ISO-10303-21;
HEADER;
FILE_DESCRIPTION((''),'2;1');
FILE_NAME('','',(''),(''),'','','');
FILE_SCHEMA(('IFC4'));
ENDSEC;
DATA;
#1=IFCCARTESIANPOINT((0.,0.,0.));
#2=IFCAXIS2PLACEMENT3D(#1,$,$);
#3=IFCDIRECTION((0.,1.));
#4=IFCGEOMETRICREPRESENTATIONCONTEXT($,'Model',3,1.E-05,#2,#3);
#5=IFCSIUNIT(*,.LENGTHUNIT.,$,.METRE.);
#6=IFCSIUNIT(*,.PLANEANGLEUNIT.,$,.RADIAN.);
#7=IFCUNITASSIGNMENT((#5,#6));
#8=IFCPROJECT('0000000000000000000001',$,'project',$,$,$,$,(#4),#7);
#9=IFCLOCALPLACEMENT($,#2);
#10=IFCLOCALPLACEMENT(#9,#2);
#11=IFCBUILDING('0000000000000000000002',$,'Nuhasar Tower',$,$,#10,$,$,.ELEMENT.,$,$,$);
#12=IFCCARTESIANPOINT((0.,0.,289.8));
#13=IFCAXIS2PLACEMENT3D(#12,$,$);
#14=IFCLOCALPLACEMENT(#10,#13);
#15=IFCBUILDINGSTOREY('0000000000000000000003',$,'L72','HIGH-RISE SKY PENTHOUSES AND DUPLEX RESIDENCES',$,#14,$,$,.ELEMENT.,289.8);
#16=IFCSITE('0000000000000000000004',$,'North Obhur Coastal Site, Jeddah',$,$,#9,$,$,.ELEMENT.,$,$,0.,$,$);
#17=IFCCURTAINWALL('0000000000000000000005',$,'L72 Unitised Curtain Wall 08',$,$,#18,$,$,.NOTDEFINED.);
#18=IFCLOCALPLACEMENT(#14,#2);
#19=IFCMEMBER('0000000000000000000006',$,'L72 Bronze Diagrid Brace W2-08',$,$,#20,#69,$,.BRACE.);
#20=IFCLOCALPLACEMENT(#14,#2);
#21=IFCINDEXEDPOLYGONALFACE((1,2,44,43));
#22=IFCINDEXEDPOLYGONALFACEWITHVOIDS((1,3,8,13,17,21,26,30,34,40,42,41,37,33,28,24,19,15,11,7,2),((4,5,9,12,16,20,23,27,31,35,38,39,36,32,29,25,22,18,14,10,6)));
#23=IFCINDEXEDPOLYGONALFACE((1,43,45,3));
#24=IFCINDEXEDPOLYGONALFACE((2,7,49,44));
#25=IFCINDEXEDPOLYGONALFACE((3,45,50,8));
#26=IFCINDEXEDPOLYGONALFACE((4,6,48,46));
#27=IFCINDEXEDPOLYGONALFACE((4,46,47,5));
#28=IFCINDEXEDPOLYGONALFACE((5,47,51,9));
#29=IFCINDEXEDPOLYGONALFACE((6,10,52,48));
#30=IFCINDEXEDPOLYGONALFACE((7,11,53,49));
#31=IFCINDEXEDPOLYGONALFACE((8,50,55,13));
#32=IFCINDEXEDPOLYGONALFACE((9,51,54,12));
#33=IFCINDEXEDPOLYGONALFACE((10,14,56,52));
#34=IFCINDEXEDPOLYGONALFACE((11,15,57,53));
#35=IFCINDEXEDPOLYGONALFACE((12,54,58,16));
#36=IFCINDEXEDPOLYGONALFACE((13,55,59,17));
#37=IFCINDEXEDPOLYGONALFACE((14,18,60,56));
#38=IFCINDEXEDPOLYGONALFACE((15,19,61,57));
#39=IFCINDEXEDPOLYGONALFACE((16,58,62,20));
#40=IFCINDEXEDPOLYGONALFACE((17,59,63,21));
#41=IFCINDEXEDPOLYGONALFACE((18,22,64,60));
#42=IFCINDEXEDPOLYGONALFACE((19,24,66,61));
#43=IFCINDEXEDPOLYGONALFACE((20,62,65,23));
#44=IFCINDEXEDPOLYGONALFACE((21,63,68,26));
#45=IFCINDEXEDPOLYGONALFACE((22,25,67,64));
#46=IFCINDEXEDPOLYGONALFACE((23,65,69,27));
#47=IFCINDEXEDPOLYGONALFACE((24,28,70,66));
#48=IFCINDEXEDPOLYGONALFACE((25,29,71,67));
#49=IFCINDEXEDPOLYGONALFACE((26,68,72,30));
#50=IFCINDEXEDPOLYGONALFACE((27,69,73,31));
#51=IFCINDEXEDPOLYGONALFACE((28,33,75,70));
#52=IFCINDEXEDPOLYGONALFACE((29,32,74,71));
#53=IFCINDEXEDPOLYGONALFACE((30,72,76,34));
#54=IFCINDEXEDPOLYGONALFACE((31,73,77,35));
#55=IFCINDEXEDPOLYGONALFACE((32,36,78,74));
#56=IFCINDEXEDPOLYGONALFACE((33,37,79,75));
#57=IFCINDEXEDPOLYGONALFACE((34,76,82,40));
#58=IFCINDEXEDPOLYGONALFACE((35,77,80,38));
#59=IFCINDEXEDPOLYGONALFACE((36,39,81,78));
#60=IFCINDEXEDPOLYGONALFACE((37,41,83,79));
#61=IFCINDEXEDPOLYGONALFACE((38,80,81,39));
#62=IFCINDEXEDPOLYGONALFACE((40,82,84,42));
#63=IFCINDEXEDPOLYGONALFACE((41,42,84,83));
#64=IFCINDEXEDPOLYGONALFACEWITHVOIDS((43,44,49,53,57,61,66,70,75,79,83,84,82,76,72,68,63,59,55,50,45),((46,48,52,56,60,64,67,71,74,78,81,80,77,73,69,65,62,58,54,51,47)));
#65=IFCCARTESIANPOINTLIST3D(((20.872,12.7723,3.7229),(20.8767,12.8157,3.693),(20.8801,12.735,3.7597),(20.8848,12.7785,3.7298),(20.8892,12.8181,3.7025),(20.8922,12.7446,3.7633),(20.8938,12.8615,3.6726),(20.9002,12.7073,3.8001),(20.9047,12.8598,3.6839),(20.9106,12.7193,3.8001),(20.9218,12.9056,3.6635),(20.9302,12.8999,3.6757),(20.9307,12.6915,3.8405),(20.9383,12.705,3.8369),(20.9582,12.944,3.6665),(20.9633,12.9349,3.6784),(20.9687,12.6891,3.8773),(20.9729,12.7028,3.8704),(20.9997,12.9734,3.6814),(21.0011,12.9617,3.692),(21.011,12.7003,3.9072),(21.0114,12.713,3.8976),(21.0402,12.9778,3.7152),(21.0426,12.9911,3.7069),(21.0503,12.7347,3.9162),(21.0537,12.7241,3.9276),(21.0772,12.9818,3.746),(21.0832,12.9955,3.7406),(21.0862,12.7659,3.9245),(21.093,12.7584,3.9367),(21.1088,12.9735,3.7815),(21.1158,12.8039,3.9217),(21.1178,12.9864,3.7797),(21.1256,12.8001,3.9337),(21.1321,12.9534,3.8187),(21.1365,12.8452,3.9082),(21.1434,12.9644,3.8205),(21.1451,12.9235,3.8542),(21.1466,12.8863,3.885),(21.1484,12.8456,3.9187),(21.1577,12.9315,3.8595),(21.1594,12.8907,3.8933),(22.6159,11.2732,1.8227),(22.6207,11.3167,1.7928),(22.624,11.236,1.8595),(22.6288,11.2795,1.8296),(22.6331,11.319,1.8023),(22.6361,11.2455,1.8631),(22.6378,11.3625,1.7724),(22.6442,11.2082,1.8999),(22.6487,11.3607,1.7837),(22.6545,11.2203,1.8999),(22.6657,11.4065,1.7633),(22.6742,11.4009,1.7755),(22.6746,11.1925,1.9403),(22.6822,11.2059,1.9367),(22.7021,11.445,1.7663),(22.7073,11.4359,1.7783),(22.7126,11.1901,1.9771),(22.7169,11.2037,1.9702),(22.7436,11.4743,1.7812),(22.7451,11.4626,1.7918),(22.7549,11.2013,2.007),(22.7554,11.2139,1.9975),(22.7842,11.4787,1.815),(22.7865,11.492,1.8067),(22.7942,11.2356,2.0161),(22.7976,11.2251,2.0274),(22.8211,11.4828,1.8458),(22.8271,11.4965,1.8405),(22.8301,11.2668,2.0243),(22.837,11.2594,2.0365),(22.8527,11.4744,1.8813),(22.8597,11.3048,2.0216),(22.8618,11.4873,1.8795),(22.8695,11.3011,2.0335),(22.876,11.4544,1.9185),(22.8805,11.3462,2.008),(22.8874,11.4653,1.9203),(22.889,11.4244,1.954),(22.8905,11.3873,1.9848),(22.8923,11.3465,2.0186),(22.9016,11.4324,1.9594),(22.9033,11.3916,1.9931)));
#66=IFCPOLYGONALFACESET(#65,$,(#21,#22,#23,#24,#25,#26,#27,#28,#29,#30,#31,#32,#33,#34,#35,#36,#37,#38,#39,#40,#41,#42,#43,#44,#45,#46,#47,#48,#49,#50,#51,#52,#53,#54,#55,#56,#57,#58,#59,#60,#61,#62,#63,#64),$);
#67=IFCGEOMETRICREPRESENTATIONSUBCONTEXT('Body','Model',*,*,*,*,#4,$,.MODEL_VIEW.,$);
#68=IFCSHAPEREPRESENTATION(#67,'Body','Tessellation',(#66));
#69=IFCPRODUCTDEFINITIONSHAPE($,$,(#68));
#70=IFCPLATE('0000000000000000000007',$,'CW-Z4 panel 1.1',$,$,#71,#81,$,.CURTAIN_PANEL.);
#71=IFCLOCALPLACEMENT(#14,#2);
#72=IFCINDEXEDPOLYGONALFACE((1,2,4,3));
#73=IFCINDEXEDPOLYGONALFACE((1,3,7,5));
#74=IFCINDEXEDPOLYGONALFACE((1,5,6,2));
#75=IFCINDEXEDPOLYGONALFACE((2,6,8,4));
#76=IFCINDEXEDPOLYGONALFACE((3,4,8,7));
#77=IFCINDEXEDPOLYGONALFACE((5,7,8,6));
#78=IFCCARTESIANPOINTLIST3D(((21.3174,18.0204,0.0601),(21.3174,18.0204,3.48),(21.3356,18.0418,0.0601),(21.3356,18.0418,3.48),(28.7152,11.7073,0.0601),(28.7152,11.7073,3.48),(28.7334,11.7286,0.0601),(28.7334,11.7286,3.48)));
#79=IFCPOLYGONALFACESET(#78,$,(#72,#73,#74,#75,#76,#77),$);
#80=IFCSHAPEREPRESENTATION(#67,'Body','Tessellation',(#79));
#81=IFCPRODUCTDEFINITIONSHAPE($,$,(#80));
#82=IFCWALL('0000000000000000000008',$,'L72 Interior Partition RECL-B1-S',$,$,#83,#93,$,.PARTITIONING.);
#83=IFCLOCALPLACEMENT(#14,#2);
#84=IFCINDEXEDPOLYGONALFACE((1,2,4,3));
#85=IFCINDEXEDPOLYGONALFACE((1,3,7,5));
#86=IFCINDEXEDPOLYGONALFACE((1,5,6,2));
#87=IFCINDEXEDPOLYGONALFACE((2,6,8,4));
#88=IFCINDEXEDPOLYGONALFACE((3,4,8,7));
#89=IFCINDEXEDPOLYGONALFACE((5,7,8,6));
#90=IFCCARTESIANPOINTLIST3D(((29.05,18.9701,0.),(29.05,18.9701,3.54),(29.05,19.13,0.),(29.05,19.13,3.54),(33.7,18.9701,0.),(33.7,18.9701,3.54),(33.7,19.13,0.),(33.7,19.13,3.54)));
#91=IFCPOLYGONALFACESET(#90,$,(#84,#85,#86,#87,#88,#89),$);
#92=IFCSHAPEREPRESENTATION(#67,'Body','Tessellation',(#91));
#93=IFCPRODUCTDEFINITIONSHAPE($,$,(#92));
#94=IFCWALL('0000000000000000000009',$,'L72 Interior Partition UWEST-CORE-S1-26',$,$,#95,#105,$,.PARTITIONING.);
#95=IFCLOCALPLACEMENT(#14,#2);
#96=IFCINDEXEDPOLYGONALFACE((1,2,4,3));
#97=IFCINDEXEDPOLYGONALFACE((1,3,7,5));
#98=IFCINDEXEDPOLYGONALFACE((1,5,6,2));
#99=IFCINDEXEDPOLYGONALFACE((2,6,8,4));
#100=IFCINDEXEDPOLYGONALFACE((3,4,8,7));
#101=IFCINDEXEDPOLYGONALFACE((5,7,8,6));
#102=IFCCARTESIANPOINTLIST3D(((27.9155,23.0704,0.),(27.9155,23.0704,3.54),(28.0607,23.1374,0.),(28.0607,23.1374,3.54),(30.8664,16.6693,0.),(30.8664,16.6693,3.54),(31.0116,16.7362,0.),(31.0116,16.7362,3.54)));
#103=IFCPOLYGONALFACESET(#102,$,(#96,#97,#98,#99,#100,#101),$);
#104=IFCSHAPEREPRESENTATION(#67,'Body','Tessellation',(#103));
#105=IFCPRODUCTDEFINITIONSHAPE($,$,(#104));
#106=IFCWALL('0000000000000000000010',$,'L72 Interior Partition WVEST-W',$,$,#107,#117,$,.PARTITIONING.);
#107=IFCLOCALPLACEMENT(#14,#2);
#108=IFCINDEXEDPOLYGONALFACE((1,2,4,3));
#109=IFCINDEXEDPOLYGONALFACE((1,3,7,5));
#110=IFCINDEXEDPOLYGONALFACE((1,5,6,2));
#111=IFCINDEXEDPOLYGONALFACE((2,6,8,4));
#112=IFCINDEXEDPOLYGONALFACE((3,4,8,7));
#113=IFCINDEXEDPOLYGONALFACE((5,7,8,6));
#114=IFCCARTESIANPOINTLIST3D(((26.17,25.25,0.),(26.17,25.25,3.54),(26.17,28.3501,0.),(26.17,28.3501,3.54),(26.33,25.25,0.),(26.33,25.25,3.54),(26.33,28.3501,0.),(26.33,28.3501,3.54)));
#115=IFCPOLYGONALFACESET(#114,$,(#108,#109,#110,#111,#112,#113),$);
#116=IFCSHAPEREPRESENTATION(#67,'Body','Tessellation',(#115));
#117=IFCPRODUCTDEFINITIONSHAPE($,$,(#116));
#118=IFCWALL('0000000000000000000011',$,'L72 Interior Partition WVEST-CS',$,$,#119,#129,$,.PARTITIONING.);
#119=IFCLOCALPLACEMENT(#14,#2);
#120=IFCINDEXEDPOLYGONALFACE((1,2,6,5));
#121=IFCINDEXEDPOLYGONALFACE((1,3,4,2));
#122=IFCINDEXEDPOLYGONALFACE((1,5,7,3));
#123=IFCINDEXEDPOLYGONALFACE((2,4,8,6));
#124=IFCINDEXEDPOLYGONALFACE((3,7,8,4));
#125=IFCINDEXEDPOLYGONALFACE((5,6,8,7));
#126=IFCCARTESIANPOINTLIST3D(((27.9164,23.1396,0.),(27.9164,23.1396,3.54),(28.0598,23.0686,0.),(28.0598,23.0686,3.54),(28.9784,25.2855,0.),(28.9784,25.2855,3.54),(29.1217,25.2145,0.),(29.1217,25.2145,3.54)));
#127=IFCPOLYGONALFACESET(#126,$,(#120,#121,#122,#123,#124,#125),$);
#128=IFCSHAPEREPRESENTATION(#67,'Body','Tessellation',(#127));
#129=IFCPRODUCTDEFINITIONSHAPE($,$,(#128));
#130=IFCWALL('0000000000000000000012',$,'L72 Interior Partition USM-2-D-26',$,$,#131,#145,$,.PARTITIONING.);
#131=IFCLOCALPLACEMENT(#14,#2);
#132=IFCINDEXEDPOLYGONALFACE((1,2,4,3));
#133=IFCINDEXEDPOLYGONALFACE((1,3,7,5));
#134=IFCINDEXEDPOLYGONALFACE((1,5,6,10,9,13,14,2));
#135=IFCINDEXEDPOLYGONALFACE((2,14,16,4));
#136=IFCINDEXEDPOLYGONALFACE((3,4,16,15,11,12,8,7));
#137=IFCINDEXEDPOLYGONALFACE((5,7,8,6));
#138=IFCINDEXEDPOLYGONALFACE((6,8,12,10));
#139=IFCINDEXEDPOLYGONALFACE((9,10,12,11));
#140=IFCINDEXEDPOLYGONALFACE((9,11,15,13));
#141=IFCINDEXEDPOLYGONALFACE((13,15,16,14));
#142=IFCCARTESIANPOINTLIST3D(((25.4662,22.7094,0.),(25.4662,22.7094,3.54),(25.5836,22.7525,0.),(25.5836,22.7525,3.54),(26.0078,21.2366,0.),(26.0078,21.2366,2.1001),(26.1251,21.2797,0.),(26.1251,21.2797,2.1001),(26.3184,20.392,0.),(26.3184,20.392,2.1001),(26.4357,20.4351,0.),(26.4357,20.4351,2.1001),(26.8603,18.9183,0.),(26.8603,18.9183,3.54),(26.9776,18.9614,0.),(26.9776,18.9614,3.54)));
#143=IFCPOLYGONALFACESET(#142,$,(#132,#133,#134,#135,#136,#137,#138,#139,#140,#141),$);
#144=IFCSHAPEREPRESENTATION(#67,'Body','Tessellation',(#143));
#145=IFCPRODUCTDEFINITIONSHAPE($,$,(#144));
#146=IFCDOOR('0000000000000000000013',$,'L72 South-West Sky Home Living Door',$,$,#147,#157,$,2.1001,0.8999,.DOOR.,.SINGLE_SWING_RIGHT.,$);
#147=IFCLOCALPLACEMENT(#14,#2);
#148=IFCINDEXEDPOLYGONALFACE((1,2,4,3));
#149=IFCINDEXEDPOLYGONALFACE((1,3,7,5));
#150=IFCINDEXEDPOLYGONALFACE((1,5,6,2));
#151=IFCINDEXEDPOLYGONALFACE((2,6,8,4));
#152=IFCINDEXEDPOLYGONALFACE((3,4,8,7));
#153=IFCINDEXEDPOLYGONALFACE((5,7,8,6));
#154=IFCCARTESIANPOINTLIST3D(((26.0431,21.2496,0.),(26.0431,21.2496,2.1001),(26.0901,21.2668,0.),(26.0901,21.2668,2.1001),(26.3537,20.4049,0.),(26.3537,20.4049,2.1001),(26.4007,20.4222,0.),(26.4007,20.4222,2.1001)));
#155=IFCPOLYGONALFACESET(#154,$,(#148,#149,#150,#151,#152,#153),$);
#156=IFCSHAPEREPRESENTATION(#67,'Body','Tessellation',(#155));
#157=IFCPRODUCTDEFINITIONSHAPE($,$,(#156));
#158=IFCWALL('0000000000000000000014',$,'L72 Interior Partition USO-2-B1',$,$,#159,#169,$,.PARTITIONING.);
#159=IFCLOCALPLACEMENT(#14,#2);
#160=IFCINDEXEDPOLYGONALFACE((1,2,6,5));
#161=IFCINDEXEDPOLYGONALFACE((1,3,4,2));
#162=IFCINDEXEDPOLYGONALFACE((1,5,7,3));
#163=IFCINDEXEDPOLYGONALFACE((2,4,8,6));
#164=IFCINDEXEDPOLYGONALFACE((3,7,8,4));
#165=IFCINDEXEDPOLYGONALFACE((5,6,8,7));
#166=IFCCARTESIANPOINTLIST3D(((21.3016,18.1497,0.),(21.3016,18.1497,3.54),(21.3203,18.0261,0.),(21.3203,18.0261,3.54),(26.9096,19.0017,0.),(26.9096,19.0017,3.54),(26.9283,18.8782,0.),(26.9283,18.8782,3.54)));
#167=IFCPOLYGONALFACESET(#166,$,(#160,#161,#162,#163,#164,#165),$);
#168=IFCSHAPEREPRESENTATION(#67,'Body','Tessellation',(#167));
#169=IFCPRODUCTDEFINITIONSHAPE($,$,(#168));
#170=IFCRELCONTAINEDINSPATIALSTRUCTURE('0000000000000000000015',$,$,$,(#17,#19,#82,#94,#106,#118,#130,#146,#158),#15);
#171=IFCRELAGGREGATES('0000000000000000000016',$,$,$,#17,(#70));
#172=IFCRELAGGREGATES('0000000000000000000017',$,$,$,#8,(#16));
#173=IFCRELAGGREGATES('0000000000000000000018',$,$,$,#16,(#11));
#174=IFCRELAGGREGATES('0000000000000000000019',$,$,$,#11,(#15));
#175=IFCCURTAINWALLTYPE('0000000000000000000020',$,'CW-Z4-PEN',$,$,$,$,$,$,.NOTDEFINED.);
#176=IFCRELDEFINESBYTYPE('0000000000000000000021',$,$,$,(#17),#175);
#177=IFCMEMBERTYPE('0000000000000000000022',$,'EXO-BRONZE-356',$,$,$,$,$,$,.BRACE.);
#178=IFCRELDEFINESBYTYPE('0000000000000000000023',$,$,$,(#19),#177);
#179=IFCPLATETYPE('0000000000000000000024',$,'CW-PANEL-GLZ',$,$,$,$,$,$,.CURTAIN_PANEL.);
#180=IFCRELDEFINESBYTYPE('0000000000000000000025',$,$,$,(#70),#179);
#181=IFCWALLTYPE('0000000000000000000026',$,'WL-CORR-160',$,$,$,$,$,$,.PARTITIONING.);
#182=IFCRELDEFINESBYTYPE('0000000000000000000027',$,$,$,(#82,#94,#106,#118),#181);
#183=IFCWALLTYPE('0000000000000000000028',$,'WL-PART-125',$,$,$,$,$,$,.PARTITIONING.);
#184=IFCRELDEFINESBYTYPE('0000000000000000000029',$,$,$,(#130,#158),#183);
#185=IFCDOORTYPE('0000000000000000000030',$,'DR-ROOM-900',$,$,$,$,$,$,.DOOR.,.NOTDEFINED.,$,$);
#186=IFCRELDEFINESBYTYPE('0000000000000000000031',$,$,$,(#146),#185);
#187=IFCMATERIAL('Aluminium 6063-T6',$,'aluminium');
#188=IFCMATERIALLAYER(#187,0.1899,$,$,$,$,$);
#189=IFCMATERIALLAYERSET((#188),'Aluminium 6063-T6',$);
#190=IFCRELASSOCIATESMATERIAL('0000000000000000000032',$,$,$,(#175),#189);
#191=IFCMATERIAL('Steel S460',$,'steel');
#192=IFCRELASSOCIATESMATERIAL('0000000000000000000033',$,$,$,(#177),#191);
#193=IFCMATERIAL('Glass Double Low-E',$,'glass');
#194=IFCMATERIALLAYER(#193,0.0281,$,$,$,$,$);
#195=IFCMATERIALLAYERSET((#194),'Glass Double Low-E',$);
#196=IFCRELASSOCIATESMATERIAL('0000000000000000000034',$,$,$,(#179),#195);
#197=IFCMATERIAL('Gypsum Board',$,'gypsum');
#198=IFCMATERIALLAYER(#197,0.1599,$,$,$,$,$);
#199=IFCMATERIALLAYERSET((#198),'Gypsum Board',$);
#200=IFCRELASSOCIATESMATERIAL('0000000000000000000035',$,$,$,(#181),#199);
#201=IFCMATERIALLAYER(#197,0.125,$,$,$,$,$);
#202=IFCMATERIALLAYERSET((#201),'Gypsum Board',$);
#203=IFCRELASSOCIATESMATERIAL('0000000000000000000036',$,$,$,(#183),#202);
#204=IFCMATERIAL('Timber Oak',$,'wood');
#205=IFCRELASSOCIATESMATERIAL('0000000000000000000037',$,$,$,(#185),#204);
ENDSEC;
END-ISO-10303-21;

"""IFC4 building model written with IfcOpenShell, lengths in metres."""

from ifc_helpers import new_model, si_unit, direction, frame, frame_2d, origin, origin_2d, place, context, subcontext, project, spatial, rectangle, hollow_circle, extrude, material, layer, layer_set, material_profile, profile_set, type_object, element, fill, aggregate, save


model = new_model("IFC4")

# Units and contexts
model_context = context("Model", 3, precision=1e-05, world=origin(), true_north=direction((0.0, 1.0)))
body_context = subcontext(model_context, "Body", "Model", "MODEL_VIEW")
ifc_project = project(units=[si_unit("LENGTHUNIT", "METRE"), si_unit("PLANEANGLEUNIT", "RADIAN")], contexts=[model_context])

# Site, building, storey
site_placement = place(None, origin())
site = spatial("IfcSite", under=ifc_project, at=site_placement, Name="North Obhur Coastal Site, Jeddah", CompositionType="ELEMENT", RefElevation=0.0)
building_placement = place(site_placement, origin())
building = spatial("IfcBuilding", under=site, at=building_placement, Name="Nuhasar Tower", CompositionType="ELEMENT")
storey_placement = place(building_placement, frame((0.0, 0.0, 289.8)))
storey = spatial("IfcBuildingStorey", under=building, at=storey_placement, Name="L72", Description="HIGH-RISE SKY PENTHOUSES AND DUPLEX RESIDENCES", CompositionType="ELEMENT", Elevation=289.8)

# Curtain wall
ifc_material_1 = material(Name="Aluminium 6063-T6", Category="aluminium")
ifc_layer_1 = layer(ifc_material_1, 0.1899)
ifc_layer_set_1 = layer_set([ifc_layer_1], Name="Aluminium 6063-T6")
curtain_wall_type = type_object("IfcCurtainWallType", Name="CW-Z4-PEN", PredefinedType="NOTDEFINED", material=ifc_layer_set_1)
curtain_wall_1_placement = place(storey_placement, origin())
curtain_wall_1 = element("IfcCurtainWall", 1, at=curtain_wall_1_placement, inside=storey, type_object=curtain_wall_type, Name="L72 Unitised Curtain Wall 08", PredefinedType="NOTDEFINED")

# Member
ifc_material_2 = material(Name="Steel S460", Category="steel")
ifc_material_profile_1 = material_profile(ifc_material_2, hollow_circle(Radius=0.1777, WallThickness=0.0159, at=origin_2d()), Name="HSS355.6X15.9")
ifc_profile_set_1 = profile_set([ifc_material_profile_1], Name="Steel S460")
member_type_1 = type_object("IfcMemberType", Name="EXO-BRONZE-356", PredefinedType="BRACE", material=ifc_profile_set_1)
member_1_placement = place(storey_placement, frame((22.76, 11.343, 1.8999), z_axis=(-0.584595, 0.502508, 0.636973), x_axis=(-0.651857, -0.758342, 0.0)))
element("IfcMember", 2, at=member_1_placement, inside=storey, type_object=member_type_1, Name="L72 Bronze Diagrid Brace W2-08", PredefinedType="BRACE", context=body_context, shape_type="SweptSolid", body=[
    extrude(hollow_circle(Radius=0.1777, WallThickness=0.0159, at=origin_2d()), origin(), (0.0, 0.0, 1.0), 2.9832),
])

# Plate
ifc_material_3 = material(Name="Glass Double Low-E", Category="glass")
ifc_layer_2 = layer(ifc_material_3, 0.0281)
ifc_layer_set_2 = layer_set([ifc_layer_2], Name="Glass Double Low-E")
plate_type = type_object("IfcPlateType", Name="CW-PANEL-GLZ", PredefinedType="CURTAIN_PANEL", material=ifc_layer_set_2)
plate_placement = place(storey_placement, frame((25.0254, 14.8745, 0.0601), z_axis=(0.0, 0.0, 1.0), x_axis=(0.760667, -0.649142, 0.0)))
plate = element("IfcPlate", 3, at=plate_placement, type_object=plate_type, Name="CW-Z4 panel 1.1", PredefinedType="CURTAIN_PANEL", context=body_context, shape_type="SweptSolid", body=[
    extrude(rectangle(XDim=9.7253, YDim=0.0281, at=origin_2d()), origin(), (0.0, 0.0, 1.0), 3.4199),
])
aggregate(curtain_wall_1, [plate])

# Walls
ifc_material_4 = material(Name="Gypsum Board", Category="gypsum")
ifc_layer_3 = layer(ifc_material_4, 0.1599)
ifc_layer_set_3 = layer_set([ifc_layer_3], Name="Gypsum Board")
wall_type_1 = type_object("IfcWallType", Name="WL-CORR-160", PredefinedType="PARTITIONING", material=ifc_layer_set_3)
wall_1_placement = place(storey_placement, frame((29.05, 19.05, 0.0), z_axis=(0.0, 0.0, 1.0), x_axis=(1.0, 0.0, 0.0)))
element("IfcWall", 4, at=wall_1_placement, inside=storey, type_object=wall_type_1, Name="L72 Interior Partition RECL-B1-S", PredefinedType="PARTITIONING", context=body_context, shape_type="SweptSolid", body=[
    extrude(rectangle(XDim=4.6499, YDim=0.1599, at=frame_2d((2.325, 0.0))), origin(), (0.0, 0.0, 1.0), 3.54),
])
wall_2_placement = place(storey_placement, frame((27.988, 23.104, 0.0), z_axis=(0.0, 0.0, 1.0), x_axis=(0.418656, -0.908145, 0.0)))
element("IfcWall", 5, at=wall_2_placement, inside=storey, type_object=wall_type_1, Name="L72 Interior Partition UWEST-CORE-S1-26", PredefinedType="PARTITIONING", context=body_context, shape_type="SweptSolid", body=[
    extrude(rectangle(XDim=7.0486, YDim=0.1599, at=frame_2d((3.5244, 0.0))), origin(), (0.0, 0.0, 1.0), 3.54),
])

# Shared definitions
ifc_material_5 = material(Name="Timber Oak", Category="wood")

# Walls
wall_3_placement = place(storey_placement, frame((26.25, 25.25, 0.0), z_axis=(0.0, 0.0, 1.0), x_axis=(0.0, 1.0, 0.0)))
element("IfcWall", 6, at=wall_3_placement, inside=storey, type_object=wall_type_1, Name="L72 Interior Partition WVEST-W", PredefinedType="PARTITIONING", context=body_context, shape_type="SweptSolid", body=[
    extrude(rectangle(XDim=3.1001, YDim=0.1599, at=frame_2d((1.55, 0.0))), origin(), (0.0, 0.0, 1.0), 3.54),
])
wall_4_placement = place(storey_placement, frame((27.988, 23.104, 0.0), z_axis=(0.0, 0.0, 1.0), x_axis=(0.443539, 0.896255, 0.0)))
element("IfcWall", 7, at=wall_4_placement, inside=storey, type_object=wall_type_1, Name="L72 Interior Partition WVEST-CS", PredefinedType="PARTITIONING", context=body_context, shape_type="SweptSolid", body=[
    extrude(rectangle(XDim=2.3943, YDim=0.1599, at=frame_2d((1.1973, 0.0))), origin(), (0.0, 0.0, 1.0), 3.54),
])

# Wall, opening, door
ifc_layer_4 = layer(ifc_material_4, 0.125)
ifc_layer_set_4 = layer_set([ifc_layer_4], Name="Gypsum Board")
wall_type_2 = type_object("IfcWallType", Name="WL-PART-125", PredefinedType="PARTITIONING", material=ifc_layer_set_4)
wall_5_placement = place(storey_placement, frame((26.9189, 18.9399, 0.0), z_axis=(0.0, 0.0, 1.0), x_axis=(-0.345128, 0.938556, 0.0)))
wall_5 = element("IfcWall", 8, at=wall_5_placement, inside=storey, type_object=wall_type_2, Name="L72 Interior Partition USM-2-D-26", PredefinedType="PARTITIONING", context=body_context, shape_type="SweptSolid", body=[
    extrude(rectangle(XDim=4.0393, YDim=0.125, at=frame_2d((2.0195, 0.0))), origin(), (0.0, 0.0, 1.0), 3.54),
])
opening_1_placement = place(wall_5_placement, frame((1.5701, 0.0, 0.0)))
opening_1 = element("IfcOpeningElement", 9, at=opening_1_placement, cuts=wall_5, PredefinedType="OPENING", context=body_context, shape_type="SweptSolid", body=[
    extrude(rectangle(XDim=0.8999, YDim=2.1001, at=frame_2d((0.45, 1.05))), frame((0.0, 0.0725, 0.0), z_axis=(0.0, -1.0, 0.0), x_axis=(1.0, 0.0, 0.0)), (0.0, 0.0, 1.0), 0.145),
])
door_type_1 = type_object("IfcDoorType", Name="DR-ROOM-900", OperationType="NOTDEFINED", PredefinedType="DOOR", material=ifc_material_5)
door_1_placement = place(opening_1_placement, origin())
door_1 = element("IfcDoor", 10, at=door_1_placement, inside=storey, type_object=door_type_1, Name="L72 South-West Sky Home Living Door", OperationType="SINGLE_SWING_RIGHT", OverallHeight=2.1001, OverallWidth=0.8999, PredefinedType="DOOR", context=body_context, shape_type="SweptSolid", body=[
    extrude(rectangle(XDim=0.8999, YDim=2.1001, at=frame_2d((0.45, 1.05))), frame((0.0, 0.0249, 0.0), z_axis=(0.0, -1.0, 0.0), x_axis=(1.0, 0.0, 0.0)), (0.0, 0.0, 1.0), 0.05),
])
fill(opening_1, door_1)

# Wall
wall_6_placement = place(storey_placement, frame((26.9189, 18.9399, 0.0), z_axis=(0.0, 0.0, 1.0), x_axis=(-0.988654, -0.150213, 0.0)))
element("IfcWall", 11, at=wall_6_placement, inside=storey, type_object=wall_type_2, Name="L72 Interior Partition USO-2-B1", PredefinedType="PARTITIONING", context=body_context, shape_type="SweptSolid", body=[
    extrude(rectangle(XDim=5.6724, YDim=0.125, at=frame_2d((2.8362, 0.0))), origin(), (0.0, 0.0, 1.0), 3.54),
])

save(model, "model.ifc")
